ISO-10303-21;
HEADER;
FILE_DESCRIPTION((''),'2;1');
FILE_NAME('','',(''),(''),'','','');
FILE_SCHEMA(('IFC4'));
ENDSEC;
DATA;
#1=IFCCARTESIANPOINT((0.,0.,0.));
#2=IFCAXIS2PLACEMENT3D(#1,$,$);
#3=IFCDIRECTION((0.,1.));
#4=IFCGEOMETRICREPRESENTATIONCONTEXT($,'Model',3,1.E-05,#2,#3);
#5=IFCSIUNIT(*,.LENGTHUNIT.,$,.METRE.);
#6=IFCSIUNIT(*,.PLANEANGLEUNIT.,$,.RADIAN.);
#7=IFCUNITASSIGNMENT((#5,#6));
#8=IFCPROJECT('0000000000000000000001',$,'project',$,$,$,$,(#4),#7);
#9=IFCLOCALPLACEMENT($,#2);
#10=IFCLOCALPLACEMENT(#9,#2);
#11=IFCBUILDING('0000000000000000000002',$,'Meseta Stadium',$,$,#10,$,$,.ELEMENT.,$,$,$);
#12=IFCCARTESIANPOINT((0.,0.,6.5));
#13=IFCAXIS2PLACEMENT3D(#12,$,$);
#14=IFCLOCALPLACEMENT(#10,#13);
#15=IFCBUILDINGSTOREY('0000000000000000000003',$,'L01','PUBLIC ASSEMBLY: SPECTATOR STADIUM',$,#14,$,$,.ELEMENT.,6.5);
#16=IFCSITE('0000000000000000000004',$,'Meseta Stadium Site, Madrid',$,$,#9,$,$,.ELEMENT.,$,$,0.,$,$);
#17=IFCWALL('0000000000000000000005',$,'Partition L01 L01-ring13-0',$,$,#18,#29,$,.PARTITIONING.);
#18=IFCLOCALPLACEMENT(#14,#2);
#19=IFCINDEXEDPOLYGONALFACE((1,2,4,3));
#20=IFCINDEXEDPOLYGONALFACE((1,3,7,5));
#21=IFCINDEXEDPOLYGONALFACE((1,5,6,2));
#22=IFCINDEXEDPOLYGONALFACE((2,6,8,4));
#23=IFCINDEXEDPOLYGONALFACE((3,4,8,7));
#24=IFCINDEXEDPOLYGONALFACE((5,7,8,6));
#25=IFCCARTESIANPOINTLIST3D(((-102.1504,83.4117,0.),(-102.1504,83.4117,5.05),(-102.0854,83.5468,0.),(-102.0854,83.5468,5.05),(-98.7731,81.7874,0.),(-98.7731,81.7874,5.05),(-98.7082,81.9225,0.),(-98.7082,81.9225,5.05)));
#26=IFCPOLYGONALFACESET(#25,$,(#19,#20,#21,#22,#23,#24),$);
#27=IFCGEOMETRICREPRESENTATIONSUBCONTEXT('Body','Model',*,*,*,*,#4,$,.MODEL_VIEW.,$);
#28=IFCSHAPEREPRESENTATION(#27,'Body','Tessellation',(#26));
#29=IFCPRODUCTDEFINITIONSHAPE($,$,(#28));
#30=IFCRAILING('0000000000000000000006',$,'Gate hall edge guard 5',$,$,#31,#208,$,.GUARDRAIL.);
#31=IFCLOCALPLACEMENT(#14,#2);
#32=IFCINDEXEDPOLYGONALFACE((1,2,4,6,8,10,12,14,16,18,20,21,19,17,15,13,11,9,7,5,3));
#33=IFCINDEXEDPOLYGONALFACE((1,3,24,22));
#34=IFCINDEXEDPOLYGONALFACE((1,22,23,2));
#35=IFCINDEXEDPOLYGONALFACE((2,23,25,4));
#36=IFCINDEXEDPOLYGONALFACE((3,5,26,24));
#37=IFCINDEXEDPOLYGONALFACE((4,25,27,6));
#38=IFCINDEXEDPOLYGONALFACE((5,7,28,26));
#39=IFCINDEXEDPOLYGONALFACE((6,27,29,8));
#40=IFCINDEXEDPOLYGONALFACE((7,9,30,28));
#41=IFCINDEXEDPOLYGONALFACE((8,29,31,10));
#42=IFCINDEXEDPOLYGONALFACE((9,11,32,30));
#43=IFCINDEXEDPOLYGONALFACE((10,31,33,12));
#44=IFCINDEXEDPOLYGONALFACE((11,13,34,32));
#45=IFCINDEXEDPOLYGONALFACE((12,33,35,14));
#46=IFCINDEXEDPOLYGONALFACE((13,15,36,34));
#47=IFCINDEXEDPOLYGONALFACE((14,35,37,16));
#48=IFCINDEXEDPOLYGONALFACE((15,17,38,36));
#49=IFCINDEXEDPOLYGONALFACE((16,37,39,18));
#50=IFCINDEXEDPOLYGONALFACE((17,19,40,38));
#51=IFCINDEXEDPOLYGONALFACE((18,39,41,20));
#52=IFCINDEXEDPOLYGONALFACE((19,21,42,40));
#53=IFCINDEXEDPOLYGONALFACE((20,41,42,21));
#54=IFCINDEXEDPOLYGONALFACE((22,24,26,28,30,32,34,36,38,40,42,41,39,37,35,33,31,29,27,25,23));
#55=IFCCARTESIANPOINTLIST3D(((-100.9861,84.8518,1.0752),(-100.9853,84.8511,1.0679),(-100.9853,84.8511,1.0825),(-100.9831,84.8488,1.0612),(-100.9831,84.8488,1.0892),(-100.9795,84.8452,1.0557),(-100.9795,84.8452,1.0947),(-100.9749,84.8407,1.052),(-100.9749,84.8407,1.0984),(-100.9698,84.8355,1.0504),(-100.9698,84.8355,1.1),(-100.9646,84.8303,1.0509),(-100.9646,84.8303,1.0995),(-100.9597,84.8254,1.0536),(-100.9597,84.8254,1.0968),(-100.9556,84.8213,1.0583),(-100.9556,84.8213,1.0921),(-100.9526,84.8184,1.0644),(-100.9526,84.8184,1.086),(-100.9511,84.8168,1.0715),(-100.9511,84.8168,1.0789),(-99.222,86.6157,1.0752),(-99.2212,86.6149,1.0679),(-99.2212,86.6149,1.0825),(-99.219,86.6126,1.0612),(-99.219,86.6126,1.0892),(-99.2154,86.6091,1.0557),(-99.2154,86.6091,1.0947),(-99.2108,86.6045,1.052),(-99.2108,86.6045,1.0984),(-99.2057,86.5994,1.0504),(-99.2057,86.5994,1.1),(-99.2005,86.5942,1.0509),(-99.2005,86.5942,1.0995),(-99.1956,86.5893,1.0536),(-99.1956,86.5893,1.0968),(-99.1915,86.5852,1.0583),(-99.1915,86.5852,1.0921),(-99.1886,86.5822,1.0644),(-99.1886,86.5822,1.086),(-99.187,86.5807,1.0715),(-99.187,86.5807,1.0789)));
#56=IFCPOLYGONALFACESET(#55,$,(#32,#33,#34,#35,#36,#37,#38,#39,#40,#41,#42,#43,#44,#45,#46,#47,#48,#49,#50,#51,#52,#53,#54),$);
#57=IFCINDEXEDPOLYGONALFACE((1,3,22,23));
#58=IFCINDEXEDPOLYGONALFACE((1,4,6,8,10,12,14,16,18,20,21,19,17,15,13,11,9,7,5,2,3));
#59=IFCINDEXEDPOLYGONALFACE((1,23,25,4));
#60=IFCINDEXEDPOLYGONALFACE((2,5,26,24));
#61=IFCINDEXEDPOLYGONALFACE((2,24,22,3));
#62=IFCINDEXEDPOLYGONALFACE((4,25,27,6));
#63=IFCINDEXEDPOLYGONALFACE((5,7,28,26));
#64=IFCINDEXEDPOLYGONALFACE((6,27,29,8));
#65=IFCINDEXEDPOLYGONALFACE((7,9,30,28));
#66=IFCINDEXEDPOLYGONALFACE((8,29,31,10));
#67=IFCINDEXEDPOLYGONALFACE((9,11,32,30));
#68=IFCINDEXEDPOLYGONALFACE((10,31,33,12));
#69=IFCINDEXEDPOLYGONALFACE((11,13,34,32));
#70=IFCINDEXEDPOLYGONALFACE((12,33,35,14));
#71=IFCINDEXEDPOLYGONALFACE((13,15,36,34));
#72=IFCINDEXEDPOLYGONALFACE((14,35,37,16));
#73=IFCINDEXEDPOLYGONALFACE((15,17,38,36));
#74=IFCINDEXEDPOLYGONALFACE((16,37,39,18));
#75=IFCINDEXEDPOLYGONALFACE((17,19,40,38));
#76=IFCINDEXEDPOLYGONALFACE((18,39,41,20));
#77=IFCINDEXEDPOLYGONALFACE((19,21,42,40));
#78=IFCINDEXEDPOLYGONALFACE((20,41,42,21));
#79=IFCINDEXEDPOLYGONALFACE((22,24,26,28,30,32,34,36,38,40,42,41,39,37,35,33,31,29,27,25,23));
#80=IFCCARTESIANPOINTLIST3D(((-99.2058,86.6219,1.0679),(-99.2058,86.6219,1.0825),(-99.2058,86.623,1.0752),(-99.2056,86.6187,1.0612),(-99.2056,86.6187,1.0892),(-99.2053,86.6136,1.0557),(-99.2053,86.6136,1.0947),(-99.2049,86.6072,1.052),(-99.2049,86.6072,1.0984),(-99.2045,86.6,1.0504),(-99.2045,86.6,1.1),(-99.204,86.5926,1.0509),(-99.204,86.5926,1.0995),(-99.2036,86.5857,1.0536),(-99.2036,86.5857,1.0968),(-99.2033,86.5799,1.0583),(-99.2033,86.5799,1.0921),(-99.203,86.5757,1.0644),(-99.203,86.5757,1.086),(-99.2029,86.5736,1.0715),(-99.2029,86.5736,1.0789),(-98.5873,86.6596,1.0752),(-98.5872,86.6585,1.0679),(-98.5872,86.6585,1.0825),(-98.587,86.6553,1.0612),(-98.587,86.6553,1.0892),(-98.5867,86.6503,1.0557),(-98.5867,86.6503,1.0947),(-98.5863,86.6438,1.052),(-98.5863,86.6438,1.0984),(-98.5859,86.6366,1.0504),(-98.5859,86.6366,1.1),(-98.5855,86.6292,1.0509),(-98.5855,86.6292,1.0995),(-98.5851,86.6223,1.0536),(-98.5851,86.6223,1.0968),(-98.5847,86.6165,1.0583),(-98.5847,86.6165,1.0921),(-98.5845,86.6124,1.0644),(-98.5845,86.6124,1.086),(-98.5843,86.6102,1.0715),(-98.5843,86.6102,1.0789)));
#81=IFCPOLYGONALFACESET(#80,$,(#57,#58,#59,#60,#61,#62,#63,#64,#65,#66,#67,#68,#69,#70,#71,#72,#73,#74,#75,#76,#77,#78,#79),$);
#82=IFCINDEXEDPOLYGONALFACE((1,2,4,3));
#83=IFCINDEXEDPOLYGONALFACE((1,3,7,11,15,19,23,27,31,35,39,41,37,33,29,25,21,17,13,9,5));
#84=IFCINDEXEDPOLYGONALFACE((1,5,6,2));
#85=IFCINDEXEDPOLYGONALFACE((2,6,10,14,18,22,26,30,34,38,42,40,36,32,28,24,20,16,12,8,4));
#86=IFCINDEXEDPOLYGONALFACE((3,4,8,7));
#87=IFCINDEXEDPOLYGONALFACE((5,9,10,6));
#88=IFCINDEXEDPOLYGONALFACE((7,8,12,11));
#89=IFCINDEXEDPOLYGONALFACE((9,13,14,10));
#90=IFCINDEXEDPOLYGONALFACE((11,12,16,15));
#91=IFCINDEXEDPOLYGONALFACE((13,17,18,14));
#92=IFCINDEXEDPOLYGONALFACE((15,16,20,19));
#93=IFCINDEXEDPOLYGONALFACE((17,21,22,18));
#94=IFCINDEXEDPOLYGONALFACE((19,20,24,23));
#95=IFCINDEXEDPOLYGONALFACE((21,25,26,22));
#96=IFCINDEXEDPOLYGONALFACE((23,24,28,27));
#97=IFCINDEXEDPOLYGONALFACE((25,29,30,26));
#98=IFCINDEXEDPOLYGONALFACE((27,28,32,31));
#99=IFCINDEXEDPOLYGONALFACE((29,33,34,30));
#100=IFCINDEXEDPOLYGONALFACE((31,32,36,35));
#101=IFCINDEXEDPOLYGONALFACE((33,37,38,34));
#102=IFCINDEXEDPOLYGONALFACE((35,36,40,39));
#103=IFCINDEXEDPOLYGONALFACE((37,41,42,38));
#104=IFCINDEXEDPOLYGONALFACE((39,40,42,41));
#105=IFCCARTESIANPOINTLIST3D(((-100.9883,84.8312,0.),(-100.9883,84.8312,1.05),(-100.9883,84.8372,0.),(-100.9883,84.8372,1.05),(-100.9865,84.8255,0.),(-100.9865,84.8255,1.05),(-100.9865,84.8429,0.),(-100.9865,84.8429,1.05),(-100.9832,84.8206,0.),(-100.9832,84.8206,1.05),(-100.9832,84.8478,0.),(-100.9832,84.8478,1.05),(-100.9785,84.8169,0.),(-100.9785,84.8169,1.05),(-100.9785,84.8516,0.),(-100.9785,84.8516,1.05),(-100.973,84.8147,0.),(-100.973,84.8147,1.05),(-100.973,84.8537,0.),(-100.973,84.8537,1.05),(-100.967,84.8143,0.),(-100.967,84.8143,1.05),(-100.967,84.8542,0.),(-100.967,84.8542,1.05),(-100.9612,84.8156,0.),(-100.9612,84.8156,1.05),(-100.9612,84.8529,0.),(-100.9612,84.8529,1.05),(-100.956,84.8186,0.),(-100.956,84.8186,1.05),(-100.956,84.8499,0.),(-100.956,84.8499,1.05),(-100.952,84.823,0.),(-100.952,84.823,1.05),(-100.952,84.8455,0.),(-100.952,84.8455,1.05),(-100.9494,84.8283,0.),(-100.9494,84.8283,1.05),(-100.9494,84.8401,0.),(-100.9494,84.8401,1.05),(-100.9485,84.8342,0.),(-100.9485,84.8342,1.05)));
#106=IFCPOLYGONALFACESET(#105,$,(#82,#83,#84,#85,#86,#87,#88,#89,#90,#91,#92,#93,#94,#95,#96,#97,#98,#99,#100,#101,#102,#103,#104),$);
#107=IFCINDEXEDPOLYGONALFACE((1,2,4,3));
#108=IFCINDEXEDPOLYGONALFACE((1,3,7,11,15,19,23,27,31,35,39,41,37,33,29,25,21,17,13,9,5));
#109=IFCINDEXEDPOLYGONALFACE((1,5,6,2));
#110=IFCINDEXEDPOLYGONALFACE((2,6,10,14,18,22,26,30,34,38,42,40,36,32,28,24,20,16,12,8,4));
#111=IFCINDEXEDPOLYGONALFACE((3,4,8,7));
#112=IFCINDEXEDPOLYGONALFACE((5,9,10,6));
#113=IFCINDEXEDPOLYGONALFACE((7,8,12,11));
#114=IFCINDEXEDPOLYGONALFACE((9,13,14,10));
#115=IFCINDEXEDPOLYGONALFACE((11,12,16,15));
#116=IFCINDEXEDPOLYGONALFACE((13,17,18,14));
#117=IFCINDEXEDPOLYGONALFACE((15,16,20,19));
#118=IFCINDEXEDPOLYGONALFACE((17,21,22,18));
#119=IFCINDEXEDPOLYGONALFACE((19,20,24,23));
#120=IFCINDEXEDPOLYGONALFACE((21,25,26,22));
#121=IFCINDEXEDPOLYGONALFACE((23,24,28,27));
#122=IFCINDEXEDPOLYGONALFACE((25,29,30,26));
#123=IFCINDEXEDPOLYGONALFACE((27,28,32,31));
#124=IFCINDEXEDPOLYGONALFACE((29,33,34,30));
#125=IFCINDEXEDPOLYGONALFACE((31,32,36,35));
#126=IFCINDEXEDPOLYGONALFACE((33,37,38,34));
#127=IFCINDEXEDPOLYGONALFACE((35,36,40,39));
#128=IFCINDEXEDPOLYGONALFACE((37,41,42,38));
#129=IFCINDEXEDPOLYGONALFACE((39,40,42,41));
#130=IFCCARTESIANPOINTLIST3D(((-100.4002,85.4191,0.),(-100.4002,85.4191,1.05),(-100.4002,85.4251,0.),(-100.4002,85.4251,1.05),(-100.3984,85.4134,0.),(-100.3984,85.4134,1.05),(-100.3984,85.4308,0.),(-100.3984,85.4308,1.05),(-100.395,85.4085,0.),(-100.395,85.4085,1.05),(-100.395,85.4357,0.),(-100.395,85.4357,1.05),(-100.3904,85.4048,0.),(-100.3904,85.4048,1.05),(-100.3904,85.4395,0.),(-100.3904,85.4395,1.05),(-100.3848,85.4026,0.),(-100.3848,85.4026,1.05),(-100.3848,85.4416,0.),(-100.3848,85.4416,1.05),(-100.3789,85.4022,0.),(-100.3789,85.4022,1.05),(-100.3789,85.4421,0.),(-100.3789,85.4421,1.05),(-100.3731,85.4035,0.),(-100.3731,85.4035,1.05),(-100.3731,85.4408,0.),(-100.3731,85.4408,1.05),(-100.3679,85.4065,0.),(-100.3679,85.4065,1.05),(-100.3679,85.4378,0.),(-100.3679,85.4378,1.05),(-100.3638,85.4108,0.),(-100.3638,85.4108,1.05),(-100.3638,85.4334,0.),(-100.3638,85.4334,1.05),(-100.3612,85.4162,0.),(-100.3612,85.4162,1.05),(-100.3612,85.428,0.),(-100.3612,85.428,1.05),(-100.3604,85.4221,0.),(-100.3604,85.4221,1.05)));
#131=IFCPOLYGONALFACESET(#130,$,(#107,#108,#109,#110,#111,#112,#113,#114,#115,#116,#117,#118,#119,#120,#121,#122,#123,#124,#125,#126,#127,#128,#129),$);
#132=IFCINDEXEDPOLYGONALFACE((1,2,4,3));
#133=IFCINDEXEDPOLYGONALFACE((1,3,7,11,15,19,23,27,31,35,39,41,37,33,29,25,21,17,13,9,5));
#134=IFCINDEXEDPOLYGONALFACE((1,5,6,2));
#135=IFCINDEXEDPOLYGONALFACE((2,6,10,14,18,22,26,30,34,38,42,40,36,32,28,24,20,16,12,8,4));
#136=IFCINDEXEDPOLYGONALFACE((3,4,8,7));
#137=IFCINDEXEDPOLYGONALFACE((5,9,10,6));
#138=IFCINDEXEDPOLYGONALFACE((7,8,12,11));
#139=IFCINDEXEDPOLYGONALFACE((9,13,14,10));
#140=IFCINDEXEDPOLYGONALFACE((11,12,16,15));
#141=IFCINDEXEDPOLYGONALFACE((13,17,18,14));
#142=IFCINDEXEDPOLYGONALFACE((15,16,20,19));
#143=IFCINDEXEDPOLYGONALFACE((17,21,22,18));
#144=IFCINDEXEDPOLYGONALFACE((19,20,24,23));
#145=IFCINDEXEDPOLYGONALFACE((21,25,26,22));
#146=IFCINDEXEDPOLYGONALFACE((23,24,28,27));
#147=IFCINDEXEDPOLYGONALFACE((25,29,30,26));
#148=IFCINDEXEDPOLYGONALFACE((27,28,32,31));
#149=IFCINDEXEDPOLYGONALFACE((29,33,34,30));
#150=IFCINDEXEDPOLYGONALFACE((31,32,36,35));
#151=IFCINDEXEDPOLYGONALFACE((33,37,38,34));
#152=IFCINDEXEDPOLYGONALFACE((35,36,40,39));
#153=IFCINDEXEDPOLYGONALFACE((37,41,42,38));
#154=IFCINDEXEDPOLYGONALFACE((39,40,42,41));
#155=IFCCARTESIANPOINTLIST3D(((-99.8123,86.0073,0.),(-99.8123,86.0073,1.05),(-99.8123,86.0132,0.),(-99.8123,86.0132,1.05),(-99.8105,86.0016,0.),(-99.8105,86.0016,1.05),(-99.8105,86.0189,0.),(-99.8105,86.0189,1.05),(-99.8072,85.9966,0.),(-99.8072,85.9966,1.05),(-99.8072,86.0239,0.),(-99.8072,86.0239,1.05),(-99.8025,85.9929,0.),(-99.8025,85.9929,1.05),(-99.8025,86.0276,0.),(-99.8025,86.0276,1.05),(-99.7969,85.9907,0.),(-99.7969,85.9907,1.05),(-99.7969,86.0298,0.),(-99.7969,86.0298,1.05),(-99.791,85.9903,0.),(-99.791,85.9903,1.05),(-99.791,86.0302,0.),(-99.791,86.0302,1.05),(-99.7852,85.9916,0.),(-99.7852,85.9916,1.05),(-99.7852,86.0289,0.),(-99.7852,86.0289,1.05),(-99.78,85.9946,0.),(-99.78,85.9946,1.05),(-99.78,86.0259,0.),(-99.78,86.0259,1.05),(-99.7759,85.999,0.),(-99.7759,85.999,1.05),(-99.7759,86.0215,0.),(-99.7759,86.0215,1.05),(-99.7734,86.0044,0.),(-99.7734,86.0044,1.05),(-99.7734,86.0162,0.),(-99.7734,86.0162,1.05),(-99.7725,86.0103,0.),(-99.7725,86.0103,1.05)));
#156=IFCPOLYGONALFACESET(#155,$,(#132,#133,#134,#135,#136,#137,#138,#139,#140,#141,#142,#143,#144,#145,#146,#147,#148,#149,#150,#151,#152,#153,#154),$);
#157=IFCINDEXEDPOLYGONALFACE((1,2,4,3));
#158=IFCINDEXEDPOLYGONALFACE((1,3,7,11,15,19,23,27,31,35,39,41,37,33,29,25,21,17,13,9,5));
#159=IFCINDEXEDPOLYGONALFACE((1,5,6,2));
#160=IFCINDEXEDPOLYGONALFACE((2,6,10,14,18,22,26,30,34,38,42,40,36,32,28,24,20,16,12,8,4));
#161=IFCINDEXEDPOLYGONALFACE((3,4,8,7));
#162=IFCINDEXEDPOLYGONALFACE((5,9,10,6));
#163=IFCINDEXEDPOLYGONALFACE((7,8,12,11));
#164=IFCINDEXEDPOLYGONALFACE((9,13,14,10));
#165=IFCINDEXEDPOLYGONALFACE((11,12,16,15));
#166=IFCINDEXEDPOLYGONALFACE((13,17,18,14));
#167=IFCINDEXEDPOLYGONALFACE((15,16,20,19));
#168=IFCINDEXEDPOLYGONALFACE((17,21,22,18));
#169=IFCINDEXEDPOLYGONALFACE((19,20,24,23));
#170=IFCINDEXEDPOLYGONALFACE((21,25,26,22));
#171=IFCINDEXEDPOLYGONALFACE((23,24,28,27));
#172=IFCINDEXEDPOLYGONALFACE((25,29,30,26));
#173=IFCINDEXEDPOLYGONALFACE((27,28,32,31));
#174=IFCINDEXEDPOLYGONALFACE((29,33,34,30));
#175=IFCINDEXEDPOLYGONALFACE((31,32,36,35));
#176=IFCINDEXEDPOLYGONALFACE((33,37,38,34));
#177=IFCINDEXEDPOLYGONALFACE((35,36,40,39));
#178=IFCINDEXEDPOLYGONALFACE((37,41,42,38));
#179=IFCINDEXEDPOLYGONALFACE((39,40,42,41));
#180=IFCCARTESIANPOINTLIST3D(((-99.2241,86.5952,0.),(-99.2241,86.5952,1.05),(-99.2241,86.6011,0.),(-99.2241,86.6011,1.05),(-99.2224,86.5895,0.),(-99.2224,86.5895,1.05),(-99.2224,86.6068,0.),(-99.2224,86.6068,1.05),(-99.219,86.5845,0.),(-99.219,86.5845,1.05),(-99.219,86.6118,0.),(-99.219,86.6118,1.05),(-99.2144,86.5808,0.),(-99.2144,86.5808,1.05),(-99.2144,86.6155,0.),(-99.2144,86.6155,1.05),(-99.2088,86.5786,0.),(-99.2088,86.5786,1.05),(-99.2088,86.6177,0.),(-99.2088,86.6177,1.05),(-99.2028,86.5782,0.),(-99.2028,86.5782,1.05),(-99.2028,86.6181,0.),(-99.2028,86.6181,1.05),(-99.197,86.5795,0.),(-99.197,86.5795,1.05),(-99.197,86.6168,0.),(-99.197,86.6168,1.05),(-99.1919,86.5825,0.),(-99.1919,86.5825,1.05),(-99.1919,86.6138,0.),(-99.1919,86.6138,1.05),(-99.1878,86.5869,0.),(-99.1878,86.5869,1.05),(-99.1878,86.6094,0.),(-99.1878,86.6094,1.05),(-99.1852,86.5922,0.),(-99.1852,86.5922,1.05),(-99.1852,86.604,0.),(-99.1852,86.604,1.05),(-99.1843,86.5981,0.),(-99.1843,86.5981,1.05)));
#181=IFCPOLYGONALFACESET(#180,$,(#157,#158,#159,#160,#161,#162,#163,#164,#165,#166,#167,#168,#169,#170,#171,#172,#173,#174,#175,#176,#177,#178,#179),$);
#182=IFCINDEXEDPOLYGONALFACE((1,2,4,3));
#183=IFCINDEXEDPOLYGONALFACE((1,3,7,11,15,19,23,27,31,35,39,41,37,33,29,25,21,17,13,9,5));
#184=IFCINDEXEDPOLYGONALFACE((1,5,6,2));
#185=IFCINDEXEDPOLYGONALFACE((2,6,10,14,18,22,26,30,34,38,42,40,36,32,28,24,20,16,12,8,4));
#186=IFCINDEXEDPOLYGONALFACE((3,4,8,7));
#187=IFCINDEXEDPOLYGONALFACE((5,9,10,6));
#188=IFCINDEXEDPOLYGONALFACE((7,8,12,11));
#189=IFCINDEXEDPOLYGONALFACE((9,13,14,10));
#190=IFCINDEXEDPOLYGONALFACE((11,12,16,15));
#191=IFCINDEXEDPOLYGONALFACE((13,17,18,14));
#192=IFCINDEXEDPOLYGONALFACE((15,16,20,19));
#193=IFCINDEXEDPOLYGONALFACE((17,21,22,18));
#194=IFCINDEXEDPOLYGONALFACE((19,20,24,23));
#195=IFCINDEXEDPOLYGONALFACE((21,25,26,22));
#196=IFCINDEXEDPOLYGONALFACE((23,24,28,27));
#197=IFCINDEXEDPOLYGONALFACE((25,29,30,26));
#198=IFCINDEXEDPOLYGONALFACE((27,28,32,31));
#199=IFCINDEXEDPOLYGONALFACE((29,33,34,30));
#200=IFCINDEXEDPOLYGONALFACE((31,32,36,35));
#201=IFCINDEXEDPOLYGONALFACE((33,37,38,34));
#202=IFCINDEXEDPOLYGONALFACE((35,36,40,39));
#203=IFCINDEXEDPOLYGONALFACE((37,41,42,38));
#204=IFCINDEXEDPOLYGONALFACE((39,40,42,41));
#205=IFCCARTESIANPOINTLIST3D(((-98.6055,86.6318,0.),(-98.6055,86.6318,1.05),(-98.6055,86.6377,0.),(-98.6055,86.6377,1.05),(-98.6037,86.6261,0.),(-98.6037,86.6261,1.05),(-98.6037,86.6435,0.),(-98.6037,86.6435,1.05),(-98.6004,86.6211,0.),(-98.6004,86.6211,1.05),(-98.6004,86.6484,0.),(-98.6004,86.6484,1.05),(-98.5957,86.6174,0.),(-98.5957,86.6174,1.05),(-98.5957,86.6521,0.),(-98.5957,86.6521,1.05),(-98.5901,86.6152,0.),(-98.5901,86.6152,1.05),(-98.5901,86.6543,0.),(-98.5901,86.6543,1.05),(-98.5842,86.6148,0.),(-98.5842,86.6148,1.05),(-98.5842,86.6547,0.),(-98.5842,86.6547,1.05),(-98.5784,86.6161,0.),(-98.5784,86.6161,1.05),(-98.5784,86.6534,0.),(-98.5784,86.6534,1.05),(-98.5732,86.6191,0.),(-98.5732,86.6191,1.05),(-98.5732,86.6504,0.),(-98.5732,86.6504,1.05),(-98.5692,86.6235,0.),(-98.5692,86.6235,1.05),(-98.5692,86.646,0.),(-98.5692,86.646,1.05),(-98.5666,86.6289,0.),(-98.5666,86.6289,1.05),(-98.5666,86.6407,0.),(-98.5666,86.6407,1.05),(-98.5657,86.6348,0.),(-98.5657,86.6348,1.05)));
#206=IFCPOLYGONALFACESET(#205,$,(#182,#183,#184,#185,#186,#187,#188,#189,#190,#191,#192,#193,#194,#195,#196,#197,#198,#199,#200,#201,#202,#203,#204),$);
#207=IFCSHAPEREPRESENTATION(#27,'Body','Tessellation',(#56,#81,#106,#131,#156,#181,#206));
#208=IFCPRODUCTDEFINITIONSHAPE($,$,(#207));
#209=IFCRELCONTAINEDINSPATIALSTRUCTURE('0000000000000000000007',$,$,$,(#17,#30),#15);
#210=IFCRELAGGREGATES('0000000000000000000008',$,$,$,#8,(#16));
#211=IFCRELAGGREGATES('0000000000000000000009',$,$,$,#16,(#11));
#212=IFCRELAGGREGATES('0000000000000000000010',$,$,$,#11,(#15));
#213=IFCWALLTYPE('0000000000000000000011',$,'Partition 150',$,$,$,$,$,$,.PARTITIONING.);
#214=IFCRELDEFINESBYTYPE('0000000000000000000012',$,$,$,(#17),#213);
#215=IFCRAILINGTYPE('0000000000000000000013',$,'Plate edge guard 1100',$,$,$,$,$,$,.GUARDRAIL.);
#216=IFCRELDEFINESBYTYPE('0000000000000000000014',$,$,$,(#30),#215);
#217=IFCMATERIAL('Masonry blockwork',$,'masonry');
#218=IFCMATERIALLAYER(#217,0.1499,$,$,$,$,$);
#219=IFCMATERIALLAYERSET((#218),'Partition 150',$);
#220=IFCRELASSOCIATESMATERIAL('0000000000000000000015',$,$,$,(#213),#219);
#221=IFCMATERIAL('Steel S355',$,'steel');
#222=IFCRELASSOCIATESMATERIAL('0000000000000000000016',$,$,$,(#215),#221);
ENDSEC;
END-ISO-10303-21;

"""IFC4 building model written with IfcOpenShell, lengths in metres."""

from ifc_helpers import new_model, si_unit, direction, frame, frame_2d, origin, origin_2d, place, context, subcontext, project, spatial, rectangle, circle, extrude, material, layer, layer_set, type_object, element, save


model = new_model("IFC4")

# Units and contexts
model_context = context("Model", 3, precision=1e-05, world=origin(), true_north=direction((0.0, 1.0)))
body_context = subcontext(model_context, "Body", "Model", "MODEL_VIEW")
ifc_project = project(units=[si_unit("LENGTHUNIT", "METRE"), si_unit("PLANEANGLEUNIT", "RADIAN")], contexts=[model_context])

# Site, building, storey
site_placement = place(None, origin())
site = spatial("IfcSite", under=ifc_project, at=site_placement, Name="Meseta Stadium Site, Madrid", CompositionType="ELEMENT", RefElevation=0.0)
building_placement = place(site_placement, origin())
building = spatial("IfcBuilding", under=site, at=building_placement, Name="Meseta Stadium", CompositionType="ELEMENT")
storey_placement = place(building_placement, frame((0.0, 0.0, 6.5)))
storey = spatial("IfcBuildingStorey", under=building, at=storey_placement, Name="L01", Description="PUBLIC ASSEMBLY: SPECTATOR STADIUM", CompositionType="ELEMENT", Elevation=6.5)

# Wall
ifc_material_1 = material(Name="Masonry blockwork", Category="masonry")
ifc_layer_1 = layer(ifc_material_1, 0.1499)
ifc_layer_set_1 = layer_set([ifc_layer_1], Name="Partition 150")
wall_type = type_object("IfcWallType", Name="Partition 150", PredefinedType="PARTITIONING", material=ifc_layer_set_1)
wall_placement = place(storey_placement, frame((-102.1179, 83.4792, 0.0), z_axis=(0.0, 0.0, 1.0), x_axis=(0.901188, -0.433428, 0.0)))
element("IfcWall", 1, at=wall_placement, inside=storey, type_object=wall_type, Name="Partition L01 L01-ring13-0", PredefinedType="PARTITIONING", context=body_context, shape_type="SweptSolid", body=[
    extrude(rectangle(XDim=3.7476, YDim=0.1499, at=frame_2d((1.8738, 0.0))), origin(), (0.0, 0.0, 1.0), 5.05),
])

# Railing
ifc_material_2 = material(Name="Steel S355", Category="steel")
railing_type = type_object("IfcRailingType", Name="Plate edge guard 1100", PredefinedType="GUARDRAIL", material=ifc_material_2)
railing_placement = place(storey_placement, frame((-100.9685, 84.8342, 0.0)))
element("IfcRailing", 2, at=railing_placement, inside=storey, type_object=railing_type, Name="Gate hall edge guard 5", PredefinedType="GUARDRAIL", context=body_context, shape_type="SweptSolid", body=[
    extrude(circle(Radius=0.0249, at=origin_2d()), frame((0.0, 0.0, 1.0752), z_axis=(0.707156, 0.707058, 0.0), x_axis=(-0.707058, 0.707156, 0.0)), (0.0, 0.0, 1.0), 2.4946),
    extrude(circle(Radius=0.0249, at=origin_2d()), frame((1.7642, 1.7639, 1.0752), z_axis=(0.998253, 0.059092, 0.0), x_axis=(-0.059092, 0.998253, 0.0)), (0.0, 0.0, 1.0), 0.6196),
    extrude(circle(Radius=0.02, at=origin_2d()), origin(), (0.0, 0.0, 1.0), 1.05),
    extrude(circle(Radius=0.02, at=origin_2d()), frame((0.5881, 0.5879, 0.0)), (0.0, 0.0, 1.0), 1.05),
    extrude(circle(Radius=0.02, at=origin_2d()), frame((1.176, 1.176, 0.0)), (0.0, 0.0, 1.0), 1.05),
    extrude(circle(Radius=0.02, at=origin_2d()), frame((1.7642, 1.7639, 0.0)), (0.0, 0.0, 1.0), 1.05),
    extrude(circle(Radius=0.02, at=origin_2d()), frame((2.3828, 1.8005, 0.0)), (0.0, 0.0, 1.0), 1.05),
])

save(model, "model.ifc")
